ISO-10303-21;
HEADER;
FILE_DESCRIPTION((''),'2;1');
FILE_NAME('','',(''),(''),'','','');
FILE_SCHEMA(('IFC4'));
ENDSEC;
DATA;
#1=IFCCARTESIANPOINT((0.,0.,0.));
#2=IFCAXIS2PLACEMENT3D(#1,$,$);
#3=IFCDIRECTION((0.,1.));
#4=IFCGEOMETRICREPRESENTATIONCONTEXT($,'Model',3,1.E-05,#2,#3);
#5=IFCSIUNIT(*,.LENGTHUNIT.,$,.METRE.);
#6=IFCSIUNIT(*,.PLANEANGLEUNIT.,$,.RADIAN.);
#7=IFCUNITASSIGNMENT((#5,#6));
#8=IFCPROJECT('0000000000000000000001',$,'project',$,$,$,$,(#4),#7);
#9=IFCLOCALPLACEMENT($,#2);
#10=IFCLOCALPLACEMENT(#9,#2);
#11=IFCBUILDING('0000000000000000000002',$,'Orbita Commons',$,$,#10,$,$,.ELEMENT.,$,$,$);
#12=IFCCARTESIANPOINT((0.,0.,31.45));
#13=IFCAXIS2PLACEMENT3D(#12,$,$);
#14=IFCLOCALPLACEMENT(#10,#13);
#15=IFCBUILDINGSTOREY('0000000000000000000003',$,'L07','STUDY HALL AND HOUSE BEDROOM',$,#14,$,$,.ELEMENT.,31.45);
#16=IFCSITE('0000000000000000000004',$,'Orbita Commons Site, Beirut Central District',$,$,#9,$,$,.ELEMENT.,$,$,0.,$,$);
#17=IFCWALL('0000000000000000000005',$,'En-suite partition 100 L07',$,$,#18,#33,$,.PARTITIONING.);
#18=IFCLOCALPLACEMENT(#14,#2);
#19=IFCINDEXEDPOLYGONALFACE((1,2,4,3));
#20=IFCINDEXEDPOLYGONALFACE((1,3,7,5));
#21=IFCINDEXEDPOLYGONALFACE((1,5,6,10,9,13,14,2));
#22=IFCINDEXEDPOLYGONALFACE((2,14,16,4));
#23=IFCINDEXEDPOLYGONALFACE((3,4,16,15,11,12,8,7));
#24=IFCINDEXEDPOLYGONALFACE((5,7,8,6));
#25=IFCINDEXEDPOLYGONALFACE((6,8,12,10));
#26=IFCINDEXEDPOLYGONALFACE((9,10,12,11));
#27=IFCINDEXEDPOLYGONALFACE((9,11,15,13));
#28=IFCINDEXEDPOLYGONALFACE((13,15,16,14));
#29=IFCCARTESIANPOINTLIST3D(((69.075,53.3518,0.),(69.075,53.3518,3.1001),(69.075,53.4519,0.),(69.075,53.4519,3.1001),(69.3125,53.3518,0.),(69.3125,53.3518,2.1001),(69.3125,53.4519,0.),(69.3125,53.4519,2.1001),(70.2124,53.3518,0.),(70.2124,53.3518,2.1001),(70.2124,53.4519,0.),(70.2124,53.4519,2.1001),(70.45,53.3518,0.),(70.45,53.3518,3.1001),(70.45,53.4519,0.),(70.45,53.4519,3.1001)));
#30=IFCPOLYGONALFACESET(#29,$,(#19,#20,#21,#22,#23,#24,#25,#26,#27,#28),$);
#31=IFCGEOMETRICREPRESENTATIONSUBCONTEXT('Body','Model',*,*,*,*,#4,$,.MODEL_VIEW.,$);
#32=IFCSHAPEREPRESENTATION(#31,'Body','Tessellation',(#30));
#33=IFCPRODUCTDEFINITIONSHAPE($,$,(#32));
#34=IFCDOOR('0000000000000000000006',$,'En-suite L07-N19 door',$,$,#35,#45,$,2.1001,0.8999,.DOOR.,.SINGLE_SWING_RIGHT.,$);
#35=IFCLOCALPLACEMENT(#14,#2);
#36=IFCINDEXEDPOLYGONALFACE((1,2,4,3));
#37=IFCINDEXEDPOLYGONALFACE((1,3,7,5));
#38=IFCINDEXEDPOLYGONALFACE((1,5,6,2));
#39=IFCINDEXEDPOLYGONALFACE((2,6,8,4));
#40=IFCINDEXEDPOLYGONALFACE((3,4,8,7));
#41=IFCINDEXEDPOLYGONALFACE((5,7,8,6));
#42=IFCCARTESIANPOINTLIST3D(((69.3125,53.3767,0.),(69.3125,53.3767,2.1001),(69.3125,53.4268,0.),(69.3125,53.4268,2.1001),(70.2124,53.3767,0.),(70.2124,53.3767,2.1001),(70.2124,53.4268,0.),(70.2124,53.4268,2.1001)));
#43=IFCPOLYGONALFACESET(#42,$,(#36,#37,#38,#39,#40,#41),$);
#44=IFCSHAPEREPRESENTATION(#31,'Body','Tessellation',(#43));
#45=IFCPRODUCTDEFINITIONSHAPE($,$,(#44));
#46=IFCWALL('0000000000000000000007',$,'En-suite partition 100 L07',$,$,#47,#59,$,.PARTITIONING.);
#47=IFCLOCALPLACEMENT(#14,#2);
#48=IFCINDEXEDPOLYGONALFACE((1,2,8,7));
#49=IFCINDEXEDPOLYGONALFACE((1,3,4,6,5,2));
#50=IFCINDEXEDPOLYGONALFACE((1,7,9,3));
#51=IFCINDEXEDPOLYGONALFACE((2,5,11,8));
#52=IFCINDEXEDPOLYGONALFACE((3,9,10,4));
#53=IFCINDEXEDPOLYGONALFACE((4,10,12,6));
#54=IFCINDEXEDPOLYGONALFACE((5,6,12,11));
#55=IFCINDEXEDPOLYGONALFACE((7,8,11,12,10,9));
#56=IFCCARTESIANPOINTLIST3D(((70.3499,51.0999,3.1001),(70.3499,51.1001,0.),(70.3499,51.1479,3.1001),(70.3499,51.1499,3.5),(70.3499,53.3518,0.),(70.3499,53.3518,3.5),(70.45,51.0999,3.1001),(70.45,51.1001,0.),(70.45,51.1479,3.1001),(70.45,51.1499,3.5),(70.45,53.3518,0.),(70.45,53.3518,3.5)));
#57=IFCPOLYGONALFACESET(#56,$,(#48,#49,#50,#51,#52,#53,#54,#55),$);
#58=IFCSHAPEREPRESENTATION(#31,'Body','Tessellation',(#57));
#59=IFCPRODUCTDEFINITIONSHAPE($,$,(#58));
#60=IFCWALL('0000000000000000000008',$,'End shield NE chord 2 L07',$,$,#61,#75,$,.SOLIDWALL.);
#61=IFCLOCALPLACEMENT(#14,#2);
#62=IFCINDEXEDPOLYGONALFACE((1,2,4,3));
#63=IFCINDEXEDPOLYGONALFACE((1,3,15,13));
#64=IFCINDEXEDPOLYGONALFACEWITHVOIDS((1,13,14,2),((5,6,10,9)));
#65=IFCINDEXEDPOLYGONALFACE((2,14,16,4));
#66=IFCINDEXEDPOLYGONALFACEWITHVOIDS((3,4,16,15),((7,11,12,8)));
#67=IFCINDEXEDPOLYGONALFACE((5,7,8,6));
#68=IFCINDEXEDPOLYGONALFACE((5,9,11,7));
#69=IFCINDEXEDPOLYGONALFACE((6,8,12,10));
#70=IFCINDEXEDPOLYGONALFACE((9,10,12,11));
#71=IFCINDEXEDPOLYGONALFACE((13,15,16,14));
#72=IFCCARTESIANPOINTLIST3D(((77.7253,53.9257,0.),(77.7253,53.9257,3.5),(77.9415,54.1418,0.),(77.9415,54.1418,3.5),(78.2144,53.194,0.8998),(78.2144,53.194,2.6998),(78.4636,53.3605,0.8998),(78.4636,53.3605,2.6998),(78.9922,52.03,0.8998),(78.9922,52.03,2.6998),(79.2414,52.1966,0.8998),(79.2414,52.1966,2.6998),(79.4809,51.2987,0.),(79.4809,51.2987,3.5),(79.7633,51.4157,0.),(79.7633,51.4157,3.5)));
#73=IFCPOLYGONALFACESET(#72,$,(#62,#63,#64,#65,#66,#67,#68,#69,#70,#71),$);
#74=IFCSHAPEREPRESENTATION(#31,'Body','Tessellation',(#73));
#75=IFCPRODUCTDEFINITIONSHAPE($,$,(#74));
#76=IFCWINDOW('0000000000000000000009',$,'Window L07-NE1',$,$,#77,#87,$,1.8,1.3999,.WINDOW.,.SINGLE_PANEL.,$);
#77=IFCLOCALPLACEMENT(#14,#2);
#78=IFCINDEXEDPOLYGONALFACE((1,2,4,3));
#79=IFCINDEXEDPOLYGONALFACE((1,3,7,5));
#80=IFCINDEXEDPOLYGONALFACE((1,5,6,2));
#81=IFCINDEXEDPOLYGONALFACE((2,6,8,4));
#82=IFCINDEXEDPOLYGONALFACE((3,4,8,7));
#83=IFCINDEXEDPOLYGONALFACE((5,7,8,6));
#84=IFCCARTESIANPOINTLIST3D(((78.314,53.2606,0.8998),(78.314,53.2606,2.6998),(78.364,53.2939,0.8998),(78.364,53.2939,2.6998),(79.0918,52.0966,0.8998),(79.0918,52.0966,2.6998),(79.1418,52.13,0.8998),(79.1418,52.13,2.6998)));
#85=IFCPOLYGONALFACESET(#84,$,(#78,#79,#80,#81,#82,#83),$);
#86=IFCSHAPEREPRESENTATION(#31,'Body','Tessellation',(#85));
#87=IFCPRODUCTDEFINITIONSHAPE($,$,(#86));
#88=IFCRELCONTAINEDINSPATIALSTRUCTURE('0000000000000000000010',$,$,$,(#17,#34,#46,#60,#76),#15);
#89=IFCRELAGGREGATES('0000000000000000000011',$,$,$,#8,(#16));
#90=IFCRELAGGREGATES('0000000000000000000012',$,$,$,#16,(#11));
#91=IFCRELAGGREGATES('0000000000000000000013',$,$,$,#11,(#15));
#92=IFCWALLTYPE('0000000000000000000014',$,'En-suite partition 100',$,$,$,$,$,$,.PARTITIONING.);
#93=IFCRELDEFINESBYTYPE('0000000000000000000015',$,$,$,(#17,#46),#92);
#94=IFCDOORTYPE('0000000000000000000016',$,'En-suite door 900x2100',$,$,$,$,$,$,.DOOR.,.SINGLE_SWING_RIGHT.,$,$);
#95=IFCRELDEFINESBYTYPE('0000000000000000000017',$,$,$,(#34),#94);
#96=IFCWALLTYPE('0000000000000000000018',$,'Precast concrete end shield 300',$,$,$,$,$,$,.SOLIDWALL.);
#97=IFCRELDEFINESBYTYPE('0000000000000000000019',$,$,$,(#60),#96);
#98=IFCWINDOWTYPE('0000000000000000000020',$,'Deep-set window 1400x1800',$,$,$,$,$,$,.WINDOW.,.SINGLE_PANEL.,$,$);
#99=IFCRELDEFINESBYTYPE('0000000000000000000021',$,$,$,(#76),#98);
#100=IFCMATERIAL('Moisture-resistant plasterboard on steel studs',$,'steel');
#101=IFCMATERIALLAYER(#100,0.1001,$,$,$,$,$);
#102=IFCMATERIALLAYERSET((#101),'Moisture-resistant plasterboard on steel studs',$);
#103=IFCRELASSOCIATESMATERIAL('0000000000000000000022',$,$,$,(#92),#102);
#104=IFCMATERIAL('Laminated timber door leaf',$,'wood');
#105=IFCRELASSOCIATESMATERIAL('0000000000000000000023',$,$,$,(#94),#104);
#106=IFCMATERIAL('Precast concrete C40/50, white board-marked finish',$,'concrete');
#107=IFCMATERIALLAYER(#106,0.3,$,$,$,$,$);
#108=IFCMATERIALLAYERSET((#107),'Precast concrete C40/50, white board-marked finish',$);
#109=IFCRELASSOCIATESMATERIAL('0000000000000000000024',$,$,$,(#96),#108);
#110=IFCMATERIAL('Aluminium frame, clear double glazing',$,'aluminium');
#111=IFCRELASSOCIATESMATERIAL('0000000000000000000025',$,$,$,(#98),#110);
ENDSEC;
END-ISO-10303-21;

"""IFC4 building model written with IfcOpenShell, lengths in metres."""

from ifc_helpers import new_model, si_unit, direction, frame, frame_2d, origin, place, context, subcontext, project, spatial, polyline, rectangle, outline, extrude, material, layer, layer_set, type_object, element, fill, save


model = new_model("IFC4")

# Units and contexts
model_context = context("Model", 3, precision=1e-05, world=origin(), true_north=direction((0.0, 1.0)))
body_context = subcontext(model_context, "Body", "Model", "MODEL_VIEW")
ifc_project = project(units=[si_unit("LENGTHUNIT", "METRE"), si_unit("PLANEANGLEUNIT", "RADIAN")], contexts=[model_context])

# Site, building, storey
site_placement = place(None, origin())
site = spatial("IfcSite", under=ifc_project, at=site_placement, Name="Orbita Commons Site, Beirut Central District", CompositionType="ELEMENT", RefElevation=0.0)
building_placement = place(site_placement, origin())
building = spatial("IfcBuilding", under=site, at=building_placement, Name="Orbita Commons", CompositionType="ELEMENT")
storey_placement = place(building_placement, frame((0.0, 0.0, 31.45)))
storey = spatial("IfcBuildingStorey", under=building, at=storey_placement, Name="L07", Description="STUDY HALL AND HOUSE BEDROOM", CompositionType="ELEMENT", Elevation=31.45)

# Shared definitions
ifc_material_1 = material(Name="Moisture-resistant plasterboard on steel studs", Category="steel")
ifc_layer_1 = layer(ifc_material_1, 0.1001)
ifc_layer_set_1 = layer_set([ifc_layer_1], Name="Moisture-resistant plasterboard on steel studs")
wall_type_1 = type_object("IfcWallType", Name="En-suite partition 100", PredefinedType="PARTITIONING", material=ifc_layer_set_1)

# Shared definitions
ifc_material_2 = material(Name="Laminated timber door leaf", Category="wood")
door_type_1 = type_object("IfcDoorType", Name="En-suite door 900x2100", OperationType="SINGLE_SWING_RIGHT", PredefinedType="DOOR", material=ifc_material_2)

# Wall, opening, door
wall_1_placement = place(storey_placement, frame((69.075, 53.4019, 0.0), z_axis=(0.0, 0.0, 1.0), x_axis=(1.0, 0.0, 0.0)))
wall_1 = element("IfcWall", 1, at=wall_1_placement, inside=storey, type_object=wall_type_1, Name="En-suite partition 100 L07", PredefinedType="PARTITIONING", context=body_context, shape_type="SweptSolid", body=[
    extrude(outline(polyline([(0.0, 0.0), (1.375, 0.0), (1.375, 3.1001), (0.0, 3.1001), (0.0, 0.0)])), frame((0.0, 0.05, 0.0), z_axis=(0.0, -1.0, 0.0), x_axis=(1.0, 0.0, 0.0)), (0.0, 0.0, 1.0), 0.1001),
])
opening_1_placement = place(wall_1_placement, frame((0.2375, 0.0, 0.0)))
opening_1 = element("IfcOpeningElement", 2, at=opening_1_placement, cuts=wall_1, PredefinedType="OPENING", context=body_context, shape_type="SweptSolid", body=[
    extrude(rectangle(XDim=0.8999, YDim=2.1001, at=frame_2d((0.45, 1.05))), frame((0.0, 0.0601, 0.0), z_axis=(0.0, -1.0, 0.0), x_axis=(1.0, 0.0, 0.0)), (0.0, 0.0, 1.0), 0.1201),
])
door_1_placement = place(opening_1_placement, origin())
door_1 = element("IfcDoor", 3, at=door_1_placement, inside=storey, type_object=door_type_1, Name="En-suite L07-N19 door", OperationType="SINGLE_SWING_RIGHT", OverallHeight=2.1001, OverallWidth=0.8999, PredefinedType="DOOR", context=body_context, shape_type="SweptSolid", body=[
    extrude(rectangle(XDim=0.8999, YDim=2.1001, at=frame_2d((0.45, 1.05))), frame((0.0, 0.0249, 0.0), z_axis=(0.0, -1.0, 0.0), x_axis=(1.0, 0.0, 0.0)), (0.0, 0.0, 1.0), 0.05),
])
fill(opening_1, door_1)

# Wall
wall_2_placement = place(storey_placement, frame((70.3999, 53.3518, 0.0), z_axis=(0.0, 0.0, 1.0), x_axis=(0.0, -1.0, 0.0)))
element("IfcWall", 4, at=wall_2_placement, inside=storey, type_object=wall_type_1, Name="En-suite partition 100 L07", PredefinedType="PARTITIONING", context=body_context, shape_type="SweptSolid", body=[
    extrude(outline(polyline([(0.0, 0.0), (2.2517, 0.0), (2.252, 3.1001), (2.2039, 3.1001), (2.2019, 3.5), (0.0, 3.5), (0.0, 0.0)])), frame((0.0, 0.05, 0.0), z_axis=(0.0, -1.0, 0.0), x_axis=(1.0, 0.0, 0.0)), (0.0, 0.0, 1.0), 0.1001),
])

# Wall, opening, window
ifc_material_3 = material(Name="Precast concrete C40/50, white board-marked finish", Category="concrete")
ifc_layer_2 = layer(ifc_material_3, 0.3)
ifc_layer_set_2 = layer_set([ifc_layer_2], Name="Precast concrete C40/50, white board-marked finish")
wall_type_2 = type_object("IfcWallType", Name="Precast concrete end shield 300", PredefinedType="SOLIDWALL", material=ifc_layer_set_2)
wall_3_placement = place(storey_placement, frame((79.6221, 51.3572, 0.0), z_axis=(0.0, 0.0, 1.0), x_axis=(-0.55561, 0.831443, 0.0)))
wall_3 = element("IfcWall", 5, at=wall_3_placement, inside=storey, type_object=wall_type_2, Name="End shield NE chord 2 L07", PredefinedType="SOLIDWALL", context=body_context, shape_type="SweptSolid", body=[
    extrude(outline(polyline([(-0.0298, -0.1499), (3.249, -0.1499), (3.1895, 0.1499), (0.0298, 0.1499), (-0.0298, -0.1499)])), origin(), (0.0, 0.0, 1.0), 3.5),
])
opening_2_placement = place(wall_3_placement, frame((0.9094, 0.0, 0.8999)))
opening_2 = element("IfcOpeningElement", 6, at=opening_2_placement, cuts=wall_3, PredefinedType="OPENING", context=body_context, shape_type="SweptSolid", body=[
    extrude(rectangle(XDim=1.3999, YDim=1.8, at=frame_2d((0.7, 0.8999))), frame((0.0, 0.1599, 0.0), z_axis=(0.0, -1.0, 0.0), x_axis=(1.0, 0.0, 0.0)), (0.0, 0.0, 1.0), 0.3201),
])
ifc_material_4 = material(Name="Aluminium frame, clear double glazing", Category="aluminium")
window_type = type_object("IfcWindowType", Name="Deep-set window 1400x1800", PartitioningType="SINGLE_PANEL", PredefinedType="WINDOW", material=ifc_material_4)
window_placement = place(opening_2_placement, origin())
window = element("IfcWindow", 7, at=window_placement, inside=storey, type_object=window_type, Name="Window L07-NE1", OverallHeight=1.8, OverallWidth=1.3999, PartitioningType="SINGLE_PANEL", PredefinedType="WINDOW", context=body_context, shape_type="SweptSolid", body=[
    extrude(rectangle(XDim=1.3999, YDim=1.8, at=frame_2d((0.7, 0.8999))), frame((0.0, 0.03, 0.0), z_axis=(0.0, -1.0, 0.0), x_axis=(1.0, 0.0, 0.0)), (0.0, 0.0, 1.0), 0.0601),
])
fill(opening_2, window)

save(model, "model.ifc")
